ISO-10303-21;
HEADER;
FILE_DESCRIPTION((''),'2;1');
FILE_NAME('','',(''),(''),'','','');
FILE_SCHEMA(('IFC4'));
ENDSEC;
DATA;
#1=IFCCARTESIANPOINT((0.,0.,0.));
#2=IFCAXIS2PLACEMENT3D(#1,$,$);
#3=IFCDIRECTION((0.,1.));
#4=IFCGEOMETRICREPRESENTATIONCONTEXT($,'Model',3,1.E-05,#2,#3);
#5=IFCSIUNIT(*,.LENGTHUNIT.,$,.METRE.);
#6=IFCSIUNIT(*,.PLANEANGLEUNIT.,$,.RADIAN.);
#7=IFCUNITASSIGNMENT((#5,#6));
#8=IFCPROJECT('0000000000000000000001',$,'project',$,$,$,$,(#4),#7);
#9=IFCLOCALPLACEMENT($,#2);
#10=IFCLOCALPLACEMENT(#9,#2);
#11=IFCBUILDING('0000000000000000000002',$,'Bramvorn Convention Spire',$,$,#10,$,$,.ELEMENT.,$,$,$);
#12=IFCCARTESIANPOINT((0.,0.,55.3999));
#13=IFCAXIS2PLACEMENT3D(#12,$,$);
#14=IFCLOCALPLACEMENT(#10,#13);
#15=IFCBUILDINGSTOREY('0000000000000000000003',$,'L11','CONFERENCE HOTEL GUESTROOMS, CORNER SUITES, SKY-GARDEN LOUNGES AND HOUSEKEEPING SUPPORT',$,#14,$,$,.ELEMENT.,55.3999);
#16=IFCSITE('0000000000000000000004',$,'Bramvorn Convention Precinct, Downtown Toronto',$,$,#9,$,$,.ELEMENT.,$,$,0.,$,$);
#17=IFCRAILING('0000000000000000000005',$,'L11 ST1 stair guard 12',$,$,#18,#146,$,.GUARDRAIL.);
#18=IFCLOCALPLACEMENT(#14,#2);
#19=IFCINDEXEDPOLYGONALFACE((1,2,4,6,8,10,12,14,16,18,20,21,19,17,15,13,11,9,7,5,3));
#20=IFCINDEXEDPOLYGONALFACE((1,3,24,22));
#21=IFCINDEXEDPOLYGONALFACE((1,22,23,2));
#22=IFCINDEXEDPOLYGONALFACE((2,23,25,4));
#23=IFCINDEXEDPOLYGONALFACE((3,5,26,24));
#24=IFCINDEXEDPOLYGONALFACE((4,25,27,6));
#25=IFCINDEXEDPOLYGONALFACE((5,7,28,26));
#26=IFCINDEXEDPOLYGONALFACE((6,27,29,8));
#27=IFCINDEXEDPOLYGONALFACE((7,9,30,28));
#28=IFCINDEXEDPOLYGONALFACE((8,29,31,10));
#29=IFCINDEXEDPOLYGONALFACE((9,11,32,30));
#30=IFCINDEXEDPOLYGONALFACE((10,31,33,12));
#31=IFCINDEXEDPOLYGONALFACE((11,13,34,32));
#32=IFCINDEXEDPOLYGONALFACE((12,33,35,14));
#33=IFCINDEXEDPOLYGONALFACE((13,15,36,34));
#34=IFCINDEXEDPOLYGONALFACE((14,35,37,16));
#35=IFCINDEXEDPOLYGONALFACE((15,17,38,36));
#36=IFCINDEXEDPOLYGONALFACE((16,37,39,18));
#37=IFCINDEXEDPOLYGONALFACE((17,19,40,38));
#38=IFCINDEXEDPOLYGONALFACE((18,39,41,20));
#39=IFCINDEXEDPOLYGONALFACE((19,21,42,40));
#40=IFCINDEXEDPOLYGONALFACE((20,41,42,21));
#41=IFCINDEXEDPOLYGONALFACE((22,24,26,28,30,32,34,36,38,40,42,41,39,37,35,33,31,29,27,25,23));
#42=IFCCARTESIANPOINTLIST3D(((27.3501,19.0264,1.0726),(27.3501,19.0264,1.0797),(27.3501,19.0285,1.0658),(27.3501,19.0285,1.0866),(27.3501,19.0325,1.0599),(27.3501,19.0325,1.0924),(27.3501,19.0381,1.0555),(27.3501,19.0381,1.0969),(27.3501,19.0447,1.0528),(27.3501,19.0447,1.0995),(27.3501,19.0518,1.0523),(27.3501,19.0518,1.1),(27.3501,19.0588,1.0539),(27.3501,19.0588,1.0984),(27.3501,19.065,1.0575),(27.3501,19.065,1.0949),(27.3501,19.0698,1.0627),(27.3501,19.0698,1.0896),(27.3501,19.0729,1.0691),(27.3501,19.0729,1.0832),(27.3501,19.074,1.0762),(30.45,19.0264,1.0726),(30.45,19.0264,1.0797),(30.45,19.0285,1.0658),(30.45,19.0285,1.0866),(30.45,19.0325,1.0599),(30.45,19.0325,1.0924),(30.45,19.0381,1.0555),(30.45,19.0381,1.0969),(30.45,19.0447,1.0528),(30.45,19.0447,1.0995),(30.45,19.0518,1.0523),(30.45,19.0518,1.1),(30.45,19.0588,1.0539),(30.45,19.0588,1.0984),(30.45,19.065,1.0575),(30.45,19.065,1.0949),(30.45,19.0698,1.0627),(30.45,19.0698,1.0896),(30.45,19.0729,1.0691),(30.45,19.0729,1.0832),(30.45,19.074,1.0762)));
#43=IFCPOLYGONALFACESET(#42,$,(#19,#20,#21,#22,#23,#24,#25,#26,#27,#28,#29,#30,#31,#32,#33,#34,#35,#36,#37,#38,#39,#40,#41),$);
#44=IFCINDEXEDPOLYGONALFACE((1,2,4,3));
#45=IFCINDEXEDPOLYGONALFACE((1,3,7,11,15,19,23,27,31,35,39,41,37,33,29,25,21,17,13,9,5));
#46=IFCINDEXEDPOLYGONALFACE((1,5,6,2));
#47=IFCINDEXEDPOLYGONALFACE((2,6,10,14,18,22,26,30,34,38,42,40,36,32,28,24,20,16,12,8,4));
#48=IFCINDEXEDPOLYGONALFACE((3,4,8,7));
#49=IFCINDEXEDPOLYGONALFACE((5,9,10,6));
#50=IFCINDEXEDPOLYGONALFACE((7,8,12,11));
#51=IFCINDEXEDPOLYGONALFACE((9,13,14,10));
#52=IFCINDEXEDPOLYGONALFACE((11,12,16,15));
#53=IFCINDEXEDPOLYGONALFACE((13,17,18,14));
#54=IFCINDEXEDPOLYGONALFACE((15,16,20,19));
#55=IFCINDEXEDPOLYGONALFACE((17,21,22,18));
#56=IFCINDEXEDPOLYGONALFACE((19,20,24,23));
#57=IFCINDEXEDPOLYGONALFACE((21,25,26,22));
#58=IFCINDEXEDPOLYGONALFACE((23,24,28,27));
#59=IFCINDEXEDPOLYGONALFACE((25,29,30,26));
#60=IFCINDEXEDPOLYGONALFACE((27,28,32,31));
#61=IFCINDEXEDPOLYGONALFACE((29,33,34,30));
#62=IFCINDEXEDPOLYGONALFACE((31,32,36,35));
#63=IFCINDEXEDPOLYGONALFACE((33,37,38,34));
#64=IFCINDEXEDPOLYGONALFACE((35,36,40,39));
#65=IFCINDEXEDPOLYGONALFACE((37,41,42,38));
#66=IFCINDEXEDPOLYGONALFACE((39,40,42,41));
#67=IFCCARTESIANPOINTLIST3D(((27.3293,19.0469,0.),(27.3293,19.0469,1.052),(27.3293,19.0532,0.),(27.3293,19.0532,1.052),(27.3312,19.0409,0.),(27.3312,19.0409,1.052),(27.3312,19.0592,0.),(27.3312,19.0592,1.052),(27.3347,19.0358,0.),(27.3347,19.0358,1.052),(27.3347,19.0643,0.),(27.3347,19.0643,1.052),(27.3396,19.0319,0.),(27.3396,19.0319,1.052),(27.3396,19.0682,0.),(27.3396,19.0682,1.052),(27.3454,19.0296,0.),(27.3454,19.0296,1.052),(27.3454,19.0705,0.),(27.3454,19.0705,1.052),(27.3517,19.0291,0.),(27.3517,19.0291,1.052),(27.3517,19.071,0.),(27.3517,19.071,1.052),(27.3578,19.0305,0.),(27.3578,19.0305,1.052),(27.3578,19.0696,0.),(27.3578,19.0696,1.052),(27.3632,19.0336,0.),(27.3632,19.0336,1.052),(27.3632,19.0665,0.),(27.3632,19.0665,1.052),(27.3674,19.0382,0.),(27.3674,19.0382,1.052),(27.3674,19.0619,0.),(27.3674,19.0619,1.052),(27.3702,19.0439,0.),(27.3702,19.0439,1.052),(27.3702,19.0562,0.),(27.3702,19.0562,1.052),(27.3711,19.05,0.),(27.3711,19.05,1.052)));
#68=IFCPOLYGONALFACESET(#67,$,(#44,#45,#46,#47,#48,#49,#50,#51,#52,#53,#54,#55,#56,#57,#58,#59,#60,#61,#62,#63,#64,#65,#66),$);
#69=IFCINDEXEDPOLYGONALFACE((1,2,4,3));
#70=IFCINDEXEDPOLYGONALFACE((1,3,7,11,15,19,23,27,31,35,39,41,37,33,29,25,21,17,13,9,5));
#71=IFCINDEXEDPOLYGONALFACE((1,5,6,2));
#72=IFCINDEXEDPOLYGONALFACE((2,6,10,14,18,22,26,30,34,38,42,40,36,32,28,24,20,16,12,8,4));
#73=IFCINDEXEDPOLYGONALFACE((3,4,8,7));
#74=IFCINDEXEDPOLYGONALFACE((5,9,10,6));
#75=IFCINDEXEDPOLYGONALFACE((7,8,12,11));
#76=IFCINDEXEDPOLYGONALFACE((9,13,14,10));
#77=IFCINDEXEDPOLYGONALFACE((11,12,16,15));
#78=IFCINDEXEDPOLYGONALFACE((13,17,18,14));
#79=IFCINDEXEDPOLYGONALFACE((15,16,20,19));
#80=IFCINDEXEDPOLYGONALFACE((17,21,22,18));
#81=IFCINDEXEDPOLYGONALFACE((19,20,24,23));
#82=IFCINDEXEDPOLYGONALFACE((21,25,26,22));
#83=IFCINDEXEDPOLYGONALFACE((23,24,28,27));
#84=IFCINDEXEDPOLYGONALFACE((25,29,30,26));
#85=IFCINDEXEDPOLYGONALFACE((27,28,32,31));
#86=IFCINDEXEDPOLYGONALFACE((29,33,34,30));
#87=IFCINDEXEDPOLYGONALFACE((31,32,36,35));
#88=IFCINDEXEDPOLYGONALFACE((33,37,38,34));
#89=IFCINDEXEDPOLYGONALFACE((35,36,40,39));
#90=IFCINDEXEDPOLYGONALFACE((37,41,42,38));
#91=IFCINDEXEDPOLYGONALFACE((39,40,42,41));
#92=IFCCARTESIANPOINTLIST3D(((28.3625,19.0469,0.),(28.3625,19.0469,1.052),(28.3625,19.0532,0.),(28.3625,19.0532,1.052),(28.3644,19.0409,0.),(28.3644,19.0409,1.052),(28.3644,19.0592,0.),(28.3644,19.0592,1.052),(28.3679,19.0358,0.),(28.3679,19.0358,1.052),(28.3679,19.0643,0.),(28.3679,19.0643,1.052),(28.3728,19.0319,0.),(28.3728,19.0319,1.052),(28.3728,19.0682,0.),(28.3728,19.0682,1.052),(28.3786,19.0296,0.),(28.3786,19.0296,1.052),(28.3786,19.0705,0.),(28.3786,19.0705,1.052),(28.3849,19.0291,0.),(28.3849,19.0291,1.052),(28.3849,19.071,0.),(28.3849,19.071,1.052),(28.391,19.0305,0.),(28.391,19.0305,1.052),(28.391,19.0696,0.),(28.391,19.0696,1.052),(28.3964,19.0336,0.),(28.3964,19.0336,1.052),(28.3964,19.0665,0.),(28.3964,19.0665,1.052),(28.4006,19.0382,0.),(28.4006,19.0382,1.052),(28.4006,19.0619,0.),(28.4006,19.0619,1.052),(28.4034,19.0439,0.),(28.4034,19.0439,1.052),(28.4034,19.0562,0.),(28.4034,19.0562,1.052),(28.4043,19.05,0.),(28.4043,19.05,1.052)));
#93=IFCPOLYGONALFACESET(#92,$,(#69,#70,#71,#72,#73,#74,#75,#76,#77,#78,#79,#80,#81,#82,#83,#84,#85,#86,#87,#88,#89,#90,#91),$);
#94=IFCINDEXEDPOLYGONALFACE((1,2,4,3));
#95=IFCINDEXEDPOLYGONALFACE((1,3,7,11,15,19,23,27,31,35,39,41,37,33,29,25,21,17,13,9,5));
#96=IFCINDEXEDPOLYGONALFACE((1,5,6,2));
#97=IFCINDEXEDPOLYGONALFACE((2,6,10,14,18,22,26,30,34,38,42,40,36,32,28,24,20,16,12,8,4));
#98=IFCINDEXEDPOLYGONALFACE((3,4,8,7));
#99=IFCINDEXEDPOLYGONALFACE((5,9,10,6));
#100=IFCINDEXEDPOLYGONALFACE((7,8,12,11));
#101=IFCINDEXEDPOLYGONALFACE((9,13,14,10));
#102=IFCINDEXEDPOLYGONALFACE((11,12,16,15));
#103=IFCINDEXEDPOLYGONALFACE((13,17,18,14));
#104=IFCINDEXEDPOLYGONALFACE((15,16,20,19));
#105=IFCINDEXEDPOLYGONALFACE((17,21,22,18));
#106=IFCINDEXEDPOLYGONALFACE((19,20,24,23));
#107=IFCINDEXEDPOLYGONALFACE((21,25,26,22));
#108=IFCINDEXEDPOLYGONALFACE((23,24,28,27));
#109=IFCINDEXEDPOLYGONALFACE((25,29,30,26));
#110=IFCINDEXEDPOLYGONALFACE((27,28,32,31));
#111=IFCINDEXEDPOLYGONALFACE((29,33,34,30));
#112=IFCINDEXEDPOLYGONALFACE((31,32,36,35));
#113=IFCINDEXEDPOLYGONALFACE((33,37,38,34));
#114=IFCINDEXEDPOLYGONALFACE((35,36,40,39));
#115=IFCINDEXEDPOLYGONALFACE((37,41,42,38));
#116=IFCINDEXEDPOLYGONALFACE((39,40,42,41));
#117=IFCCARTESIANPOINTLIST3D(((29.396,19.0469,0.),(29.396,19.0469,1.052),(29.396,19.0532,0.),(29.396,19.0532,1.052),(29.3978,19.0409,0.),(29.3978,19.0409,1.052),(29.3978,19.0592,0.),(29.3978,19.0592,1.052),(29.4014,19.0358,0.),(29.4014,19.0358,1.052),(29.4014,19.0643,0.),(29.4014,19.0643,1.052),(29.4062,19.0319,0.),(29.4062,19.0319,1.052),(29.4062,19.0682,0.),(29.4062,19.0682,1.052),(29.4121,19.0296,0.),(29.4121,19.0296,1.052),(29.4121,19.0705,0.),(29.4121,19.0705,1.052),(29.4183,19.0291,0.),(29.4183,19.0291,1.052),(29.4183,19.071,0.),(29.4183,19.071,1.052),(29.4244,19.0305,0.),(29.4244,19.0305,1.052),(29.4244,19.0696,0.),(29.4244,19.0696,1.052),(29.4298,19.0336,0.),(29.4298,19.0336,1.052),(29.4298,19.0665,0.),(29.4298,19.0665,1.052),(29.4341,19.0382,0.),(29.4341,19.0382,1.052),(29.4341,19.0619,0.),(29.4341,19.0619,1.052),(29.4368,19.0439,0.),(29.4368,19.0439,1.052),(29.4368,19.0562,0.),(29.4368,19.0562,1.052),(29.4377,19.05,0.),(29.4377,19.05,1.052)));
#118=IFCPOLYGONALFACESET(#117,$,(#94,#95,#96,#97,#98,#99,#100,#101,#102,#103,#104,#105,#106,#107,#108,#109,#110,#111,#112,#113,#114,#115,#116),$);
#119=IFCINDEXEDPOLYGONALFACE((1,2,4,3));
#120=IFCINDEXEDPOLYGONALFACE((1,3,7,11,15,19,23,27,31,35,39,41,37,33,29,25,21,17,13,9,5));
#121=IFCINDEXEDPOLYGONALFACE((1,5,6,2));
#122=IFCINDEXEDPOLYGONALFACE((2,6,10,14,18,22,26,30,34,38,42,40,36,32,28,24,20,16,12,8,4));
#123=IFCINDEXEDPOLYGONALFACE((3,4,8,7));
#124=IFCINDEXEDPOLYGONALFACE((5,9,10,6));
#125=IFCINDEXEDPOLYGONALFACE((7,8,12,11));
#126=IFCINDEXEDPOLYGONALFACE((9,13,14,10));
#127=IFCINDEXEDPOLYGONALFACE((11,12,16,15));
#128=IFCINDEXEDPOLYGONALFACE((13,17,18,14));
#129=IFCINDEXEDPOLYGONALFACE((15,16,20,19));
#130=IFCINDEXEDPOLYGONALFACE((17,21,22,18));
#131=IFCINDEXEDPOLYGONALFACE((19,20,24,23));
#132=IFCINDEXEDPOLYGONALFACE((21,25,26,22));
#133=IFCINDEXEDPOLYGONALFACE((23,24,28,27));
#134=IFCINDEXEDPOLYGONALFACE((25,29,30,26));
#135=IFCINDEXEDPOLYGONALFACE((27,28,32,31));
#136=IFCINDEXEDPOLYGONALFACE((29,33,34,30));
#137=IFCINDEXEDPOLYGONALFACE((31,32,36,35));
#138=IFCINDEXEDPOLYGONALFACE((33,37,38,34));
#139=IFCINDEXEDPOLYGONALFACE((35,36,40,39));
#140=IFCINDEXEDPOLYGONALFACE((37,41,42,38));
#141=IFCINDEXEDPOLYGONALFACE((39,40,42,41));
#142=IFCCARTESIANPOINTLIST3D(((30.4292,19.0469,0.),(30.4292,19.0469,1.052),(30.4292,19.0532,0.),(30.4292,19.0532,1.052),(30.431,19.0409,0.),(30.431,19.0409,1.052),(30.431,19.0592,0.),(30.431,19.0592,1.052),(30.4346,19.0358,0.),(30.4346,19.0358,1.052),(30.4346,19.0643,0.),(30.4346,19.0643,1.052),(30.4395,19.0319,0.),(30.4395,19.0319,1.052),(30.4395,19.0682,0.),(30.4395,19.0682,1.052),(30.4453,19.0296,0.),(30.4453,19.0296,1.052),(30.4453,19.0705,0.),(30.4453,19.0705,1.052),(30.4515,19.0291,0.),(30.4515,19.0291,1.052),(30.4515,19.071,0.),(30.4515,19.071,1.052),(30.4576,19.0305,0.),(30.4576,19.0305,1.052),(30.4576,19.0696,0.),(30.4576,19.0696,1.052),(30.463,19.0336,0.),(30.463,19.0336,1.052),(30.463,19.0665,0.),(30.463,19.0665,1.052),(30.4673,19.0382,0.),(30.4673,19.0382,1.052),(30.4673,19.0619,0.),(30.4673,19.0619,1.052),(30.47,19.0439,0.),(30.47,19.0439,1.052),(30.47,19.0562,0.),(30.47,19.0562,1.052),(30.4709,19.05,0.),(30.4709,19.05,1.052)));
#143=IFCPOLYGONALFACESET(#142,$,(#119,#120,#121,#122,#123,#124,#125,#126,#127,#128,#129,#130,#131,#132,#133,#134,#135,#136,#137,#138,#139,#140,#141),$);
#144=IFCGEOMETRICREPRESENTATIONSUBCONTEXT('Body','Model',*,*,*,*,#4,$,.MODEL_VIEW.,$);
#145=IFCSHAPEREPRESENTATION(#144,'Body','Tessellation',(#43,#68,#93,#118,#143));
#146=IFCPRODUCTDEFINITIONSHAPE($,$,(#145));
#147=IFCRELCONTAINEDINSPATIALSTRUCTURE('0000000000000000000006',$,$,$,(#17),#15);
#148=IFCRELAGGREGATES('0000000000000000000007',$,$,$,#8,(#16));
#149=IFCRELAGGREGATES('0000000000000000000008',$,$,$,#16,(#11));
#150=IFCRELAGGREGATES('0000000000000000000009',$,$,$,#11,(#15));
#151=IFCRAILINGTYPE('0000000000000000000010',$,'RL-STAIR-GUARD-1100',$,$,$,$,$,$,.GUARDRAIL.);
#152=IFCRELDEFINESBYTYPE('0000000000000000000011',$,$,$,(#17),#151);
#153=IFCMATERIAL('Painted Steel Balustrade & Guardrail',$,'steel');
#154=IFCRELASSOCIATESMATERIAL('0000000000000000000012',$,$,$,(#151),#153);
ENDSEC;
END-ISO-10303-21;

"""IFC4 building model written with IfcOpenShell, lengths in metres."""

from ifc_helpers import new_model, si_unit, direction, frame, origin, origin_2d, place, context, subcontext, project, spatial, circle, extrude, material, type_object, element, save


model = new_model("IFC4")

# Units and contexts
model_context = context("Model", 3, precision=1e-05, world=origin(), true_north=direction((0.0, 1.0)))
body_context = subcontext(model_context, "Body", "Model", "MODEL_VIEW")
ifc_project = project(units=[si_unit("LENGTHUNIT", "METRE"), si_unit("PLANEANGLEUNIT", "RADIAN")], contexts=[model_context])

# Site, building, storey
site_placement = place(None, origin())
site = spatial("IfcSite", under=ifc_project, at=site_placement, Name="Bramvorn Convention Precinct, Downtown Toronto", CompositionType="ELEMENT", RefElevation=0.0)
building_placement = place(site_placement, origin())
building = spatial("IfcBuilding", under=site, at=building_placement, Name="Bramvorn Convention Spire", CompositionType="ELEMENT")
storey_placement = place(building_placement, frame((0.0, 0.0, 55.3999)))
storey = spatial("IfcBuildingStorey", under=building, at=storey_placement, Name="L11", Description="CONFERENCE HOTEL GUESTROOMS, CORNER SUITES, SKY-GARDEN LOUNGES AND HOUSEKEEPING SUPPORT", CompositionType="ELEMENT", Elevation=55.3999)

# Railing
ifc_material_1 = material(Name="Painted Steel Balustrade & Guardrail", Category="steel")
railing_type = type_object("IfcRailingType", Name="RL-STAIR-GUARD-1100", PredefinedType="GUARDRAIL", material=ifc_material_1)
railing_1_placement = place(storey_placement, frame((27.3501, 19.05, 0.0)))
element("IfcRailing", 1, at=railing_1_placement, inside=storey, type_object=railing_type, Name="L11 ST1 stair guard 12", PredefinedType="GUARDRAIL", context=body_context, shape_type="SweptSolid", body=[
    extrude(circle(Radius=0.0239, at=origin_2d()), frame((0.0, 0.0, 1.0762), z_axis=(1.0, 0.0, 0.0), x_axis=(0.0, 1.0, 0.0)), (0.0, 0.0, 1.0), 3.0999),
    extrude(circle(Radius=0.021, at=origin_2d()), origin(), (0.0, 0.0, 1.0), 1.052),
    extrude(circle(Radius=0.021, at=origin_2d()), frame((1.0332, 0.0, 0.0)), (0.0, 0.0, 1.0), 1.052),
    extrude(circle(Radius=0.021, at=origin_2d()), frame((2.0667, 0.0, 0.0)), (0.0, 0.0, 1.0), 1.052),
    extrude(circle(Radius=0.021, at=origin_2d()), frame((3.0999, 0.0, 0.0)), (0.0, 0.0, 1.0), 1.052),
])

save(model, "model.ifc")
